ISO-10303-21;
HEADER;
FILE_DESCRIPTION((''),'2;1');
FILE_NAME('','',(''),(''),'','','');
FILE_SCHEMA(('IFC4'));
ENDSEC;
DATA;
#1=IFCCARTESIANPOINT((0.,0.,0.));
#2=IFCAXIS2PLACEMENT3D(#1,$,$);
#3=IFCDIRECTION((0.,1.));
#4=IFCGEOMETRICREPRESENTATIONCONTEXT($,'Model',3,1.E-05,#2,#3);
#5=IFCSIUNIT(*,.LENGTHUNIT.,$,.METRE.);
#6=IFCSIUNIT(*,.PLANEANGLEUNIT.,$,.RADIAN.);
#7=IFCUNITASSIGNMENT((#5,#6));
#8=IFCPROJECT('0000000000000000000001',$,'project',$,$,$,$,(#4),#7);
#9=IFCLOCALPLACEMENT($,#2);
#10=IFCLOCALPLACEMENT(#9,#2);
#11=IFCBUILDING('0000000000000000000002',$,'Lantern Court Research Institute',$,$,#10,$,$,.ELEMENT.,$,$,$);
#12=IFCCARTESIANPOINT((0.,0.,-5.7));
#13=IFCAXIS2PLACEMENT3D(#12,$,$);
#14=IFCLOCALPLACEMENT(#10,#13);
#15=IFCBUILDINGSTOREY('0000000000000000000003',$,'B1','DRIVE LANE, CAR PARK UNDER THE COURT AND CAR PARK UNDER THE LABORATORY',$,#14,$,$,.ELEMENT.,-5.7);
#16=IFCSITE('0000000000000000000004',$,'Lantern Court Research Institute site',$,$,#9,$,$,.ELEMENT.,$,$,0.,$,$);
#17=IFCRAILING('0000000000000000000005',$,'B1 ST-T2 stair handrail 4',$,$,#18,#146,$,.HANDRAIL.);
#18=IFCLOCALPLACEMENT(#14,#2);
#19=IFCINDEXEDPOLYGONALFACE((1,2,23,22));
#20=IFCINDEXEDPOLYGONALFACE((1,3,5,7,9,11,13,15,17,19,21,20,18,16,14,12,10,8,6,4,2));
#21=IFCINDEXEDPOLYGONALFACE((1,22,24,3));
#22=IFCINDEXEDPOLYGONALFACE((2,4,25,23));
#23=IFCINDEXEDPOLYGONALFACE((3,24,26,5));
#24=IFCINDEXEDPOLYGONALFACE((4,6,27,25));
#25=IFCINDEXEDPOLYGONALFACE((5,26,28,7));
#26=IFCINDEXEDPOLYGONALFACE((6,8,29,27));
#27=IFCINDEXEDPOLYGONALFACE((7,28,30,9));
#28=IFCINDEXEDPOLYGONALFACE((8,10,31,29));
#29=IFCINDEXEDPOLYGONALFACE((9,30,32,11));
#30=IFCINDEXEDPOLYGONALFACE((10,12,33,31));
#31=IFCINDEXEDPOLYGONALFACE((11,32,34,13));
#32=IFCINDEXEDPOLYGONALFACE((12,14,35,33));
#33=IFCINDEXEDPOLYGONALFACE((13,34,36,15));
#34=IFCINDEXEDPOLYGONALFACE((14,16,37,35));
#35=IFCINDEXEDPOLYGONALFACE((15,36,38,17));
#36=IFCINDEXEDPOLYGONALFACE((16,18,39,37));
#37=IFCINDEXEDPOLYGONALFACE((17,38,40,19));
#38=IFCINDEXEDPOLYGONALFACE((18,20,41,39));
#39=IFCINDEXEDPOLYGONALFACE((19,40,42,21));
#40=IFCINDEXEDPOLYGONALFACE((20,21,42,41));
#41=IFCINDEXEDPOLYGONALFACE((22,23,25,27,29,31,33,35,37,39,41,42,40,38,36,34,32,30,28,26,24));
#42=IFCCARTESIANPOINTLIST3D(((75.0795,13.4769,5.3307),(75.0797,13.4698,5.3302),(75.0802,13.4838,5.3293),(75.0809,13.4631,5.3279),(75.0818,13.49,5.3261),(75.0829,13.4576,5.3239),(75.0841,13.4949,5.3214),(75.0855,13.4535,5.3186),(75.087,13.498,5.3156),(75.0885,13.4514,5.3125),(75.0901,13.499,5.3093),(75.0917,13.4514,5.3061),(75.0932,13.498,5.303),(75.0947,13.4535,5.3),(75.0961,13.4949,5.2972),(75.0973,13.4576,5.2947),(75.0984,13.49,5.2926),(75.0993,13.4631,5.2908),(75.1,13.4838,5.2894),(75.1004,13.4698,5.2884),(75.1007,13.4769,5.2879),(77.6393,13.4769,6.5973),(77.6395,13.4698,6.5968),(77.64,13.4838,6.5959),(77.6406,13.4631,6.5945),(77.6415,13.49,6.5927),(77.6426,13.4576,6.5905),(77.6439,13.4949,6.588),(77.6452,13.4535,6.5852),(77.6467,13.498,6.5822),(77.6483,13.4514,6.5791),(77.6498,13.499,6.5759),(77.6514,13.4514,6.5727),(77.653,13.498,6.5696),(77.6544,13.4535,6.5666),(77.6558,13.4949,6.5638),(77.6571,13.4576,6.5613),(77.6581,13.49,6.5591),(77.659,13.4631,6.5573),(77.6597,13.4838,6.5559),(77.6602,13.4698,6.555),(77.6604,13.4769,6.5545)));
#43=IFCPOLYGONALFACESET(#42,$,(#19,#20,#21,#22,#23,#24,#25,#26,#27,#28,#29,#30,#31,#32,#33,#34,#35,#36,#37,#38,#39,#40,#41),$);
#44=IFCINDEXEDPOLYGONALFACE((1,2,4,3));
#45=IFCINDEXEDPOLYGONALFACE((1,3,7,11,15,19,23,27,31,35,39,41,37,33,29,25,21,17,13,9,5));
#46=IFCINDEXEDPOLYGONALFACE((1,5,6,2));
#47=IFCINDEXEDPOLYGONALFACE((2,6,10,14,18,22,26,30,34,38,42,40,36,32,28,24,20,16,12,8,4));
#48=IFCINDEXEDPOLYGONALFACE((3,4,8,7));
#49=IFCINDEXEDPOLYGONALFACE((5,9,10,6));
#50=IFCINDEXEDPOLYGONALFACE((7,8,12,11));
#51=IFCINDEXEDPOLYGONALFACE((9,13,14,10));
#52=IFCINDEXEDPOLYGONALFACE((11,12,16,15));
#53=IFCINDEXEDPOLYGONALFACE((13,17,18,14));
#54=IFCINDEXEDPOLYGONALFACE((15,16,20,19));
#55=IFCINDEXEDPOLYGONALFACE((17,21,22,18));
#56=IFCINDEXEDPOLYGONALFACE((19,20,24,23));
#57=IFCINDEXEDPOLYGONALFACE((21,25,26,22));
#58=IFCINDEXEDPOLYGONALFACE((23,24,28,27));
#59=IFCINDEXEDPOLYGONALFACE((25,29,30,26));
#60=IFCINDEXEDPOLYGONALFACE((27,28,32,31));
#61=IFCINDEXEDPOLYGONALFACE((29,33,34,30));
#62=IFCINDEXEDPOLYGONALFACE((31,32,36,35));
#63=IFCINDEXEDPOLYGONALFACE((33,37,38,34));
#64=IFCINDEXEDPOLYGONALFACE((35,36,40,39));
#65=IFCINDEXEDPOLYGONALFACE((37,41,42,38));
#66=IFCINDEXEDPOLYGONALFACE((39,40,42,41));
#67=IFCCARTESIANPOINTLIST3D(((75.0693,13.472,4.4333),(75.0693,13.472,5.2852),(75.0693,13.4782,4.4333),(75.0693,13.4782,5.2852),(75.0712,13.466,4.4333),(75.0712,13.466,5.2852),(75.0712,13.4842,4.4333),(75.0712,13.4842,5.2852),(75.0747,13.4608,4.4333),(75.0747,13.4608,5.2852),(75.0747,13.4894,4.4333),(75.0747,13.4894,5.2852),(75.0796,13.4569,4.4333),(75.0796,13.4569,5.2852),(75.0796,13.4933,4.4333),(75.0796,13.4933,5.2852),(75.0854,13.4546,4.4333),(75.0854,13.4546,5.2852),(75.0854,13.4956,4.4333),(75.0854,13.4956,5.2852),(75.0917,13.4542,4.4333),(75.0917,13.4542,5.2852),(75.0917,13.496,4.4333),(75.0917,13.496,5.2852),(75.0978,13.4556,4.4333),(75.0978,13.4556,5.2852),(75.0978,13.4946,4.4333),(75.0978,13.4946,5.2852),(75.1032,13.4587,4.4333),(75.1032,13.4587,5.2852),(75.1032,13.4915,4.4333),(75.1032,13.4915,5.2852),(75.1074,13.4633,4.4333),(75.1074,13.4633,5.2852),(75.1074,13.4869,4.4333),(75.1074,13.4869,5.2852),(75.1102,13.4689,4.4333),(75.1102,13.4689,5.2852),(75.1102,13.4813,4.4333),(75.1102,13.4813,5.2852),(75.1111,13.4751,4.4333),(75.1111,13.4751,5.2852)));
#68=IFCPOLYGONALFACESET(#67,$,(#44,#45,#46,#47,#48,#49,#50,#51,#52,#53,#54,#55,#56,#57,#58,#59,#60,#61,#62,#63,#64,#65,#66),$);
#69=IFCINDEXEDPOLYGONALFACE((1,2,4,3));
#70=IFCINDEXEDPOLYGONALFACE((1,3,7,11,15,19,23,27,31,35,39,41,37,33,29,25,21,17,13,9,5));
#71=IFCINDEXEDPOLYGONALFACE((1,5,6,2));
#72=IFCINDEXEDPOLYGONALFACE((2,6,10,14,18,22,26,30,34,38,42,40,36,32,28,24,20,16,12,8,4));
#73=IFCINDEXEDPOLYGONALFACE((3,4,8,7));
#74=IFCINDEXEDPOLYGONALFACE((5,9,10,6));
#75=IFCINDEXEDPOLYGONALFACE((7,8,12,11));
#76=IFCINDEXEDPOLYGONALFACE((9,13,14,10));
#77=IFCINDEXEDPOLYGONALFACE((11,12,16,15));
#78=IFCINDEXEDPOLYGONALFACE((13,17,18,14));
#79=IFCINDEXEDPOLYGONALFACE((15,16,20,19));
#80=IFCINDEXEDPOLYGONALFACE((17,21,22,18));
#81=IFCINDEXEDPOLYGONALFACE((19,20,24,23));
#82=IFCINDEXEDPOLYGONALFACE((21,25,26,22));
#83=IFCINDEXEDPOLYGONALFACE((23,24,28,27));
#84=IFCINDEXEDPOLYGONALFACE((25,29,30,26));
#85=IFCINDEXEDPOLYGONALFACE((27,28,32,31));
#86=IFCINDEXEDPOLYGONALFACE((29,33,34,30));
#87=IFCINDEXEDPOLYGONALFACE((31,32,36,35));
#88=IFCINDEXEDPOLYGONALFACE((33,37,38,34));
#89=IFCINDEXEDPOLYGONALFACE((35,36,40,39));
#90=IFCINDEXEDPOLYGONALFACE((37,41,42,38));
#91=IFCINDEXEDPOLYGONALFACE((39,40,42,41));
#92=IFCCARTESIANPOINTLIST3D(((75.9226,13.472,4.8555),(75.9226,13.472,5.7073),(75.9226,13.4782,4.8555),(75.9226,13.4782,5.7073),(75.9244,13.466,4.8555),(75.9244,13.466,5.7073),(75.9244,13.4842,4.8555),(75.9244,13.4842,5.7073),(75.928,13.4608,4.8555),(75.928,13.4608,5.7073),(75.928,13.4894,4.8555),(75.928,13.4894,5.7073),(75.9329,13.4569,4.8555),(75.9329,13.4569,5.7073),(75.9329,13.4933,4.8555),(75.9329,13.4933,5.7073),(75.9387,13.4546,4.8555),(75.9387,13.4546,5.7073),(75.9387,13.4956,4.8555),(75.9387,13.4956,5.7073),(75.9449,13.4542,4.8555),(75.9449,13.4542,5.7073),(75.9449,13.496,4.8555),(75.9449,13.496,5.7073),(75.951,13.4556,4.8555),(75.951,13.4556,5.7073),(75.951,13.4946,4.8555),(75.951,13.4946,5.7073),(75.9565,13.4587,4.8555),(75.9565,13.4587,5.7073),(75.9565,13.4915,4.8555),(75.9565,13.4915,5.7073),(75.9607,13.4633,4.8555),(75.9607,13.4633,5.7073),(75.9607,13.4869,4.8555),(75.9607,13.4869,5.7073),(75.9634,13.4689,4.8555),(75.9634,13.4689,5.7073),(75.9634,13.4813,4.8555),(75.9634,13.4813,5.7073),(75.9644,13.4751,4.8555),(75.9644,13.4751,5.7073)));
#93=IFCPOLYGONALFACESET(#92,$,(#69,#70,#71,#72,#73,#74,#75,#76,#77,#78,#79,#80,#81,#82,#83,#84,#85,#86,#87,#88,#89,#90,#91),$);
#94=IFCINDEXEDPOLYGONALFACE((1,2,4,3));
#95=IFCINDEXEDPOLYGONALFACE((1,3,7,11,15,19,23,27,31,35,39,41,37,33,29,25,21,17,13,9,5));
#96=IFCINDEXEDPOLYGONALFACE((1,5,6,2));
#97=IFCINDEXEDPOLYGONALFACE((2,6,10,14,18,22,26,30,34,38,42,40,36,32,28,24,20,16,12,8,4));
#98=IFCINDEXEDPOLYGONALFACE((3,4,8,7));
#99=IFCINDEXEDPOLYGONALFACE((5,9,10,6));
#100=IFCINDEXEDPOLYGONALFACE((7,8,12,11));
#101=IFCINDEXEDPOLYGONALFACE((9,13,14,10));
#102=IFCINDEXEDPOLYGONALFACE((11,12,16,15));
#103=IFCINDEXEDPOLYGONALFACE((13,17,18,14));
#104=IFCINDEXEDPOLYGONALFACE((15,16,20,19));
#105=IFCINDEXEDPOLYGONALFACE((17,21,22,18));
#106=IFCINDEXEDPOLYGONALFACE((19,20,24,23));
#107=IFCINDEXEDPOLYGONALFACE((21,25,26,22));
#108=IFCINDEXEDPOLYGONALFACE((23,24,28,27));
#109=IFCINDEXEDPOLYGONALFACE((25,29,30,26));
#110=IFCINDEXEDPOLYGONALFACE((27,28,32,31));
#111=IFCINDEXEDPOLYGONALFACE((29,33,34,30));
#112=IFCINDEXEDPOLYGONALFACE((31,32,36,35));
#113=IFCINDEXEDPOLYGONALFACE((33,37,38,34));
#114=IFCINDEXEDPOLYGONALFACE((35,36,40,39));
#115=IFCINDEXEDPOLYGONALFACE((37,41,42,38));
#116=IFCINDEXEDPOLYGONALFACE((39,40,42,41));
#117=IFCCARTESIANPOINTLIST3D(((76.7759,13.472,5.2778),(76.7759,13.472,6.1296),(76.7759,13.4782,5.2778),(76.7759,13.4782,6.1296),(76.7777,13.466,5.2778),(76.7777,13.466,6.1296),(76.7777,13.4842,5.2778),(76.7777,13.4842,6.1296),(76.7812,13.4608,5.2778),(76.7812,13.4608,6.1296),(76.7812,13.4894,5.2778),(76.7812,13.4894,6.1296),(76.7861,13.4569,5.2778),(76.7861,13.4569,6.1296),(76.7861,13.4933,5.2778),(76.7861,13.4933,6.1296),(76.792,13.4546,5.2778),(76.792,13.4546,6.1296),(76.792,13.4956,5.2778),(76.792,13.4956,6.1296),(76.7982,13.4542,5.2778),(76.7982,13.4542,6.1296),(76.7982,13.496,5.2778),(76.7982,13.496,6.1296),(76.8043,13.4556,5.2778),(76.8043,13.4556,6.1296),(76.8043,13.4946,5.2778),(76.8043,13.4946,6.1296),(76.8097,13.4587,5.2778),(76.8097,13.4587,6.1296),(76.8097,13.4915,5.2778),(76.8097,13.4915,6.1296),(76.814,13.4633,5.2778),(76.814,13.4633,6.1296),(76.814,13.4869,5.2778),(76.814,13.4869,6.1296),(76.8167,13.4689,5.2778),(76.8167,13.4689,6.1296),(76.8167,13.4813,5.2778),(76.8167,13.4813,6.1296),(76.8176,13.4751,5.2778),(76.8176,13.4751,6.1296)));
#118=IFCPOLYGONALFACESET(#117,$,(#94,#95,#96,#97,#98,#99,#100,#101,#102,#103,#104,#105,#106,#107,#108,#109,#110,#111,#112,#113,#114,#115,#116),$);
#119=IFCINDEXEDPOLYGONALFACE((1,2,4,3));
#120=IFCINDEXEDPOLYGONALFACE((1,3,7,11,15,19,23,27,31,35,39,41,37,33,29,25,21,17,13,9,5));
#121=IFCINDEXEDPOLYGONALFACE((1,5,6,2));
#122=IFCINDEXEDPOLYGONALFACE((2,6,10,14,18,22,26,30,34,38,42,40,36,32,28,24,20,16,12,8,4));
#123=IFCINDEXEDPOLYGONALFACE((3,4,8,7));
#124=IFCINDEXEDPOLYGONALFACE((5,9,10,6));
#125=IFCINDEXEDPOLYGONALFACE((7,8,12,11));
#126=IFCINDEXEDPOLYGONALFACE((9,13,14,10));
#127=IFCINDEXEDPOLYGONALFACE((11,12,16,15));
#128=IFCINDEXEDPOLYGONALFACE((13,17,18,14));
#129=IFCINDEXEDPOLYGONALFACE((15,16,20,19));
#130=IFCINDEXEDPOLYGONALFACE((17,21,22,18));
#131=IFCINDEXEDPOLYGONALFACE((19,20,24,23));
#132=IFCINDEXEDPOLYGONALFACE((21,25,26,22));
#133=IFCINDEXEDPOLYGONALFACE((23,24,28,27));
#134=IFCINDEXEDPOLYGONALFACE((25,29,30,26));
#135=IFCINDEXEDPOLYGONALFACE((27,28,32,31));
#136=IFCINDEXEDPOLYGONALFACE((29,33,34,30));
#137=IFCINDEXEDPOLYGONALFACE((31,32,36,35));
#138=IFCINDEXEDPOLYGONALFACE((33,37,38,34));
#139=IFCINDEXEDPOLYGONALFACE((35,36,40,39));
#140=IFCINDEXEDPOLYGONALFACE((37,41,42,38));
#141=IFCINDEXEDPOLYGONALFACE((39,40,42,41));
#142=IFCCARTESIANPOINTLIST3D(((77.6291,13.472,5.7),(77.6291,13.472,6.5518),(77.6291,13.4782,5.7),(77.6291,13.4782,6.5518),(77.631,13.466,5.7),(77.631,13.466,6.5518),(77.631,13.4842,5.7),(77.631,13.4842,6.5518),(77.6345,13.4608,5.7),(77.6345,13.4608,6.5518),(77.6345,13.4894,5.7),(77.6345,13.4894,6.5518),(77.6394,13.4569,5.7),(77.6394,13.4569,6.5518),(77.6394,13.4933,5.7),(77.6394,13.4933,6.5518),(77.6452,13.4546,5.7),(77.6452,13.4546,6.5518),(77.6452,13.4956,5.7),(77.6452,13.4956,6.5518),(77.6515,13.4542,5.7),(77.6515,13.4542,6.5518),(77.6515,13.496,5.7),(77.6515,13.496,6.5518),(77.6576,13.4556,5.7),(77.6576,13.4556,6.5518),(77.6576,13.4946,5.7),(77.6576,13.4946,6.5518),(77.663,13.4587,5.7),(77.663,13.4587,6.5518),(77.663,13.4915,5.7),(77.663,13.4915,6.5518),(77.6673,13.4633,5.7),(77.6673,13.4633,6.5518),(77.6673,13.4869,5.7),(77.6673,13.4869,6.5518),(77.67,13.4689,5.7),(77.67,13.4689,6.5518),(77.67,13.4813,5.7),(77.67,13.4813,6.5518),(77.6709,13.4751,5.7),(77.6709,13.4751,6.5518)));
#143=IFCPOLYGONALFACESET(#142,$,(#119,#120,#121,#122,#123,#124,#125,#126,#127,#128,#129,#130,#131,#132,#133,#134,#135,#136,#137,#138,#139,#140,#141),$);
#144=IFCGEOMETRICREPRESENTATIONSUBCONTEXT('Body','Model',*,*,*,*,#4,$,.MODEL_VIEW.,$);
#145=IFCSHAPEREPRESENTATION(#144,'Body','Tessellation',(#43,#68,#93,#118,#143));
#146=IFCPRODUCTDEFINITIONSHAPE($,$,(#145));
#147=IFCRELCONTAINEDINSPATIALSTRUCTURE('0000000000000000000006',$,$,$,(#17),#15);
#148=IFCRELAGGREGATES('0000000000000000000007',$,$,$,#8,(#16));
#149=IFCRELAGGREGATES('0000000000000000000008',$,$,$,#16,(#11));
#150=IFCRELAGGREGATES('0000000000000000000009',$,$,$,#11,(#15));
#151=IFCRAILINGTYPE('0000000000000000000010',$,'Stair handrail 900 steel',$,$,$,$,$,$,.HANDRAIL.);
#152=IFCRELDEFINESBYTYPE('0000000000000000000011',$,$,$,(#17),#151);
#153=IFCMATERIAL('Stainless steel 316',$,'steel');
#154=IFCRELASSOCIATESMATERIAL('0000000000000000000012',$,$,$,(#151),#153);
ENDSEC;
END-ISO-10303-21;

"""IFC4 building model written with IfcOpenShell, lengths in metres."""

from ifc_helpers import new_model, si_unit, direction, frame, origin, origin_2d, place, context, subcontext, project, spatial, circle, extrude, material, type_object, element, save


model = new_model("IFC4")

# Units and contexts
model_context = context("Model", 3, precision=1e-05, world=origin(), true_north=direction((0.0, 1.0)))
body_context = subcontext(model_context, "Body", "Model", "MODEL_VIEW")
ifc_project = project(units=[si_unit("LENGTHUNIT", "METRE"), si_unit("PLANEANGLEUNIT", "RADIAN")], contexts=[model_context])

# Site, building, storey
site_placement = place(None, origin())
site = spatial("IfcSite", under=ifc_project, at=site_placement, Name="Lantern Court Research Institute site", CompositionType="ELEMENT", RefElevation=0.0)
building_placement = place(site_placement, origin())
building = spatial("IfcBuilding", under=site, at=building_placement, Name="Lantern Court Research Institute", CompositionType="ELEMENT")
storey_placement = place(building_placement, frame((0.0, 0.0, -5.7)))
storey = spatial("IfcBuildingStorey", under=building, at=storey_placement, Name="B1", Description="DRIVE LANE, CAR PARK UNDER THE COURT AND CAR PARK UNDER THE LABORATORY", CompositionType="ELEMENT", Elevation=-5.7)

# Railing
ifc_material_1 = material(Name="Stainless steel 316", Category="steel")
railing_type_1 = type_object("IfcRailingType", Name="Stair handrail 900 steel", PredefinedType="HANDRAIL", material=ifc_material_1)
railing_1_placement = place(storey_placement, frame((75.0901, 13.4751, 4.4333)))
element("IfcRailing", 1, at=railing_1_placement, inside=storey, type_object=railing_type_1, Name="B1 ST-T2 stair handrail 4", PredefinedType="HANDRAIL", context=body_context, shape_type="SweptSolid", body=[
    extrude(circle(Radius=0.0239, at=origin_2d()), frame((0.0, 0.0, 0.876), z_axis=(0.896283, 0.0, 0.443483), x_axis=(0.0, 1.0, 0.0)), (0.0, 0.0, 1.0), 2.856),
    extrude(circle(Radius=0.021, at=origin_2d()), origin(), (0.0, 0.0, 1.0), 0.8518),
    extrude(circle(Radius=0.021, at=origin_2d()), frame((0.8533, 0.0, 0.4221)), (0.0, 0.0, 1.0), 0.8518),
    extrude(circle(Radius=0.021, at=origin_2d()), frame((1.7065, 0.0, 0.8445)), (0.0, 0.0, 1.0), 0.8518),
    extrude(circle(Radius=0.021, at=origin_2d()), frame((2.5598, 0.0, 1.2666)), (0.0, 0.0, 1.0), 0.8518),
])

save(model, "model.ifc")
